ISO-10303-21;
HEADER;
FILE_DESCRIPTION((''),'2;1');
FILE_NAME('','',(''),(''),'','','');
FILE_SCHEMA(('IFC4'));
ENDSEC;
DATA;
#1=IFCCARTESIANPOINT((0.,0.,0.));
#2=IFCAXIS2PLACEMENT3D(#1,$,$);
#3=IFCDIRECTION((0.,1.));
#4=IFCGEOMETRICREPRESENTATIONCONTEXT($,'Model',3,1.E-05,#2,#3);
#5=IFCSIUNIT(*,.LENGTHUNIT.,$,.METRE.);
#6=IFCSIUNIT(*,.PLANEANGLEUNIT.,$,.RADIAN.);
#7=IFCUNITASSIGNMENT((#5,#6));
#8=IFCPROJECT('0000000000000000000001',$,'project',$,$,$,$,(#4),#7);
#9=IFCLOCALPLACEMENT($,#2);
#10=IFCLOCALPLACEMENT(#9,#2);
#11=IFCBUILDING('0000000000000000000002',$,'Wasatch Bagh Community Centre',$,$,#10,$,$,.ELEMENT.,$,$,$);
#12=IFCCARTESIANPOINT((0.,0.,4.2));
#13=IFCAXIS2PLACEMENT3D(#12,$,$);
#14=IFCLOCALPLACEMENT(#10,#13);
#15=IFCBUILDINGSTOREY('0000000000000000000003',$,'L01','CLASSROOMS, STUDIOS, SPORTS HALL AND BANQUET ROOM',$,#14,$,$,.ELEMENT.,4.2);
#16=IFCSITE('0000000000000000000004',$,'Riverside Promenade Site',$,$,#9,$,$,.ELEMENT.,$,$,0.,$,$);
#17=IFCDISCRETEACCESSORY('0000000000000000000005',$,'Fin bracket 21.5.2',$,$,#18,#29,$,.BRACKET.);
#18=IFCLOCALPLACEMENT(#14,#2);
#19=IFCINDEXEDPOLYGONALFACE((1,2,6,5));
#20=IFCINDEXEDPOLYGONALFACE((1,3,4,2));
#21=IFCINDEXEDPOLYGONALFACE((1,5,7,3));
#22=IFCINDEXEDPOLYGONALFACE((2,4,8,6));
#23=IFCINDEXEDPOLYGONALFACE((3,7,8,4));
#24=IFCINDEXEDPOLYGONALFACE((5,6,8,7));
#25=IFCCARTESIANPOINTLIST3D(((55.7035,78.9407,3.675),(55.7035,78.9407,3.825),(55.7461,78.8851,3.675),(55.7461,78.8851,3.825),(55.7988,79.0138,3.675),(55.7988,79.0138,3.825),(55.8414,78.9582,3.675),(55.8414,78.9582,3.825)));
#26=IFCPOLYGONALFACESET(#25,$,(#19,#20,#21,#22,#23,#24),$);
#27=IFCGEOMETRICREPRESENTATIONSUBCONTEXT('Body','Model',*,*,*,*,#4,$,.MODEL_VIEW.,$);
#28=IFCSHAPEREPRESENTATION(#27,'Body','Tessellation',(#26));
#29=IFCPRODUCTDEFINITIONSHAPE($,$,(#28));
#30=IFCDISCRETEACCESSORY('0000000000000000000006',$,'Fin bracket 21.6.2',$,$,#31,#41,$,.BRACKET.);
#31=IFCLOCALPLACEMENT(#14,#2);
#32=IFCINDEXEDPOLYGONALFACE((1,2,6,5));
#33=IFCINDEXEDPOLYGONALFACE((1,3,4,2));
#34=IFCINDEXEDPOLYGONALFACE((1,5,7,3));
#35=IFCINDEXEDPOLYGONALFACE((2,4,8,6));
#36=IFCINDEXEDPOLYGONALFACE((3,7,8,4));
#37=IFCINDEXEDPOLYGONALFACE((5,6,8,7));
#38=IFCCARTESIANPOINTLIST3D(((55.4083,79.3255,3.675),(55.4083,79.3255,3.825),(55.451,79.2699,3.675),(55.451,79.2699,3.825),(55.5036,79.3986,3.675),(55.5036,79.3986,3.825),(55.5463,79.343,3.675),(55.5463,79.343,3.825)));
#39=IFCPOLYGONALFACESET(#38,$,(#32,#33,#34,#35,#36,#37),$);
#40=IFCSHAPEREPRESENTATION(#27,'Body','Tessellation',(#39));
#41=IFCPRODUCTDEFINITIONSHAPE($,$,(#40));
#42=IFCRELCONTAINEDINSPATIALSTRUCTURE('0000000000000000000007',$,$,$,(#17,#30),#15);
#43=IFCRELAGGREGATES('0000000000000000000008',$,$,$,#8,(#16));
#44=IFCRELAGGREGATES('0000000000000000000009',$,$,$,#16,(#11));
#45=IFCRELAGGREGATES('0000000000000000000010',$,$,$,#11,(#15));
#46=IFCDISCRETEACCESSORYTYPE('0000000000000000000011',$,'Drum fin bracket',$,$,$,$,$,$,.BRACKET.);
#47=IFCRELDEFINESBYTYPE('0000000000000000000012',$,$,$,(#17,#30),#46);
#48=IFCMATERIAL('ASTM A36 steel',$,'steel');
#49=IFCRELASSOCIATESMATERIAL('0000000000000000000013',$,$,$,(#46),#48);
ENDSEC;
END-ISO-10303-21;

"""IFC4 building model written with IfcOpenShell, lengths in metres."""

from ifc_helpers import new_model, si_unit, direction, frame, origin, origin_2d, place, context, subcontext, project, spatial, rectangle, extrude, material, type_object, element, save


model = new_model("IFC4")

# Units and contexts
model_context = context("Model", 3, precision=1e-05, world=origin(), true_north=direction((0.0, 1.0)))
body_context = subcontext(model_context, "Body", "Model", "MODEL_VIEW")
ifc_project = project(units=[si_unit("LENGTHUNIT", "METRE"), si_unit("PLANEANGLEUNIT", "RADIAN")], contexts=[model_context])

# Site, building, storey
site_placement = place(None, origin())
site = spatial("IfcSite", under=ifc_project, at=site_placement, Name="Riverside Promenade Site", CompositionType="ELEMENT", RefElevation=0.0)
building_placement = place(site_placement, origin())
building = spatial("IfcBuilding", under=site, at=building_placement, Name="Wasatch Bagh Community Centre", CompositionType="ELEMENT")
storey_placement = place(building_placement, frame((0.0, 0.0, 4.2)))
storey = spatial("IfcBuildingStorey", under=building, at=storey_placement, Name="L01", Description="CLASSROOMS, STUDIOS, SPORTS HALL AND BANQUET ROOM", CompositionType="ELEMENT", Elevation=4.2)

# Discrete accessories
ifc_material_1 = material(Name="ASTM A36 steel", Category="steel")
discrete_accessory_type = type_object("IfcDiscreteAccessoryType", Name="Drum fin bracket", PredefinedType="BRACKET", material=ifc_material_1)
for number, where, z_axis, x_axis, name in (
    (1, (55.7725, 78.9495, 3.675), (0.0, 0.0, 1.0), (-0.608761, 0.793353, 0.0), "Fin bracket 21.5.2"),
    (2, (55.4773, 79.3342, 3.675), (0.0, 0.0, 1.0), (-0.608761, 0.793353, 0.0), "Fin bracket 21.6.2"),
):
    element("IfcDiscreteAccessory", number, at=place(storey_placement, frame(where, z_axis=z_axis, x_axis=x_axis)), inside=storey, type_object=discrete_accessory_type, Name=name, PredefinedType="BRACKET", context=body_context, shape_type="SweptSolid", body=[
        extrude(rectangle(XDim=0.0701, YDim=0.1201, at=origin_2d()), origin(), (0.0, 0.0, 1.0), 0.1499),
    ])

save(model, "model.ifc")
